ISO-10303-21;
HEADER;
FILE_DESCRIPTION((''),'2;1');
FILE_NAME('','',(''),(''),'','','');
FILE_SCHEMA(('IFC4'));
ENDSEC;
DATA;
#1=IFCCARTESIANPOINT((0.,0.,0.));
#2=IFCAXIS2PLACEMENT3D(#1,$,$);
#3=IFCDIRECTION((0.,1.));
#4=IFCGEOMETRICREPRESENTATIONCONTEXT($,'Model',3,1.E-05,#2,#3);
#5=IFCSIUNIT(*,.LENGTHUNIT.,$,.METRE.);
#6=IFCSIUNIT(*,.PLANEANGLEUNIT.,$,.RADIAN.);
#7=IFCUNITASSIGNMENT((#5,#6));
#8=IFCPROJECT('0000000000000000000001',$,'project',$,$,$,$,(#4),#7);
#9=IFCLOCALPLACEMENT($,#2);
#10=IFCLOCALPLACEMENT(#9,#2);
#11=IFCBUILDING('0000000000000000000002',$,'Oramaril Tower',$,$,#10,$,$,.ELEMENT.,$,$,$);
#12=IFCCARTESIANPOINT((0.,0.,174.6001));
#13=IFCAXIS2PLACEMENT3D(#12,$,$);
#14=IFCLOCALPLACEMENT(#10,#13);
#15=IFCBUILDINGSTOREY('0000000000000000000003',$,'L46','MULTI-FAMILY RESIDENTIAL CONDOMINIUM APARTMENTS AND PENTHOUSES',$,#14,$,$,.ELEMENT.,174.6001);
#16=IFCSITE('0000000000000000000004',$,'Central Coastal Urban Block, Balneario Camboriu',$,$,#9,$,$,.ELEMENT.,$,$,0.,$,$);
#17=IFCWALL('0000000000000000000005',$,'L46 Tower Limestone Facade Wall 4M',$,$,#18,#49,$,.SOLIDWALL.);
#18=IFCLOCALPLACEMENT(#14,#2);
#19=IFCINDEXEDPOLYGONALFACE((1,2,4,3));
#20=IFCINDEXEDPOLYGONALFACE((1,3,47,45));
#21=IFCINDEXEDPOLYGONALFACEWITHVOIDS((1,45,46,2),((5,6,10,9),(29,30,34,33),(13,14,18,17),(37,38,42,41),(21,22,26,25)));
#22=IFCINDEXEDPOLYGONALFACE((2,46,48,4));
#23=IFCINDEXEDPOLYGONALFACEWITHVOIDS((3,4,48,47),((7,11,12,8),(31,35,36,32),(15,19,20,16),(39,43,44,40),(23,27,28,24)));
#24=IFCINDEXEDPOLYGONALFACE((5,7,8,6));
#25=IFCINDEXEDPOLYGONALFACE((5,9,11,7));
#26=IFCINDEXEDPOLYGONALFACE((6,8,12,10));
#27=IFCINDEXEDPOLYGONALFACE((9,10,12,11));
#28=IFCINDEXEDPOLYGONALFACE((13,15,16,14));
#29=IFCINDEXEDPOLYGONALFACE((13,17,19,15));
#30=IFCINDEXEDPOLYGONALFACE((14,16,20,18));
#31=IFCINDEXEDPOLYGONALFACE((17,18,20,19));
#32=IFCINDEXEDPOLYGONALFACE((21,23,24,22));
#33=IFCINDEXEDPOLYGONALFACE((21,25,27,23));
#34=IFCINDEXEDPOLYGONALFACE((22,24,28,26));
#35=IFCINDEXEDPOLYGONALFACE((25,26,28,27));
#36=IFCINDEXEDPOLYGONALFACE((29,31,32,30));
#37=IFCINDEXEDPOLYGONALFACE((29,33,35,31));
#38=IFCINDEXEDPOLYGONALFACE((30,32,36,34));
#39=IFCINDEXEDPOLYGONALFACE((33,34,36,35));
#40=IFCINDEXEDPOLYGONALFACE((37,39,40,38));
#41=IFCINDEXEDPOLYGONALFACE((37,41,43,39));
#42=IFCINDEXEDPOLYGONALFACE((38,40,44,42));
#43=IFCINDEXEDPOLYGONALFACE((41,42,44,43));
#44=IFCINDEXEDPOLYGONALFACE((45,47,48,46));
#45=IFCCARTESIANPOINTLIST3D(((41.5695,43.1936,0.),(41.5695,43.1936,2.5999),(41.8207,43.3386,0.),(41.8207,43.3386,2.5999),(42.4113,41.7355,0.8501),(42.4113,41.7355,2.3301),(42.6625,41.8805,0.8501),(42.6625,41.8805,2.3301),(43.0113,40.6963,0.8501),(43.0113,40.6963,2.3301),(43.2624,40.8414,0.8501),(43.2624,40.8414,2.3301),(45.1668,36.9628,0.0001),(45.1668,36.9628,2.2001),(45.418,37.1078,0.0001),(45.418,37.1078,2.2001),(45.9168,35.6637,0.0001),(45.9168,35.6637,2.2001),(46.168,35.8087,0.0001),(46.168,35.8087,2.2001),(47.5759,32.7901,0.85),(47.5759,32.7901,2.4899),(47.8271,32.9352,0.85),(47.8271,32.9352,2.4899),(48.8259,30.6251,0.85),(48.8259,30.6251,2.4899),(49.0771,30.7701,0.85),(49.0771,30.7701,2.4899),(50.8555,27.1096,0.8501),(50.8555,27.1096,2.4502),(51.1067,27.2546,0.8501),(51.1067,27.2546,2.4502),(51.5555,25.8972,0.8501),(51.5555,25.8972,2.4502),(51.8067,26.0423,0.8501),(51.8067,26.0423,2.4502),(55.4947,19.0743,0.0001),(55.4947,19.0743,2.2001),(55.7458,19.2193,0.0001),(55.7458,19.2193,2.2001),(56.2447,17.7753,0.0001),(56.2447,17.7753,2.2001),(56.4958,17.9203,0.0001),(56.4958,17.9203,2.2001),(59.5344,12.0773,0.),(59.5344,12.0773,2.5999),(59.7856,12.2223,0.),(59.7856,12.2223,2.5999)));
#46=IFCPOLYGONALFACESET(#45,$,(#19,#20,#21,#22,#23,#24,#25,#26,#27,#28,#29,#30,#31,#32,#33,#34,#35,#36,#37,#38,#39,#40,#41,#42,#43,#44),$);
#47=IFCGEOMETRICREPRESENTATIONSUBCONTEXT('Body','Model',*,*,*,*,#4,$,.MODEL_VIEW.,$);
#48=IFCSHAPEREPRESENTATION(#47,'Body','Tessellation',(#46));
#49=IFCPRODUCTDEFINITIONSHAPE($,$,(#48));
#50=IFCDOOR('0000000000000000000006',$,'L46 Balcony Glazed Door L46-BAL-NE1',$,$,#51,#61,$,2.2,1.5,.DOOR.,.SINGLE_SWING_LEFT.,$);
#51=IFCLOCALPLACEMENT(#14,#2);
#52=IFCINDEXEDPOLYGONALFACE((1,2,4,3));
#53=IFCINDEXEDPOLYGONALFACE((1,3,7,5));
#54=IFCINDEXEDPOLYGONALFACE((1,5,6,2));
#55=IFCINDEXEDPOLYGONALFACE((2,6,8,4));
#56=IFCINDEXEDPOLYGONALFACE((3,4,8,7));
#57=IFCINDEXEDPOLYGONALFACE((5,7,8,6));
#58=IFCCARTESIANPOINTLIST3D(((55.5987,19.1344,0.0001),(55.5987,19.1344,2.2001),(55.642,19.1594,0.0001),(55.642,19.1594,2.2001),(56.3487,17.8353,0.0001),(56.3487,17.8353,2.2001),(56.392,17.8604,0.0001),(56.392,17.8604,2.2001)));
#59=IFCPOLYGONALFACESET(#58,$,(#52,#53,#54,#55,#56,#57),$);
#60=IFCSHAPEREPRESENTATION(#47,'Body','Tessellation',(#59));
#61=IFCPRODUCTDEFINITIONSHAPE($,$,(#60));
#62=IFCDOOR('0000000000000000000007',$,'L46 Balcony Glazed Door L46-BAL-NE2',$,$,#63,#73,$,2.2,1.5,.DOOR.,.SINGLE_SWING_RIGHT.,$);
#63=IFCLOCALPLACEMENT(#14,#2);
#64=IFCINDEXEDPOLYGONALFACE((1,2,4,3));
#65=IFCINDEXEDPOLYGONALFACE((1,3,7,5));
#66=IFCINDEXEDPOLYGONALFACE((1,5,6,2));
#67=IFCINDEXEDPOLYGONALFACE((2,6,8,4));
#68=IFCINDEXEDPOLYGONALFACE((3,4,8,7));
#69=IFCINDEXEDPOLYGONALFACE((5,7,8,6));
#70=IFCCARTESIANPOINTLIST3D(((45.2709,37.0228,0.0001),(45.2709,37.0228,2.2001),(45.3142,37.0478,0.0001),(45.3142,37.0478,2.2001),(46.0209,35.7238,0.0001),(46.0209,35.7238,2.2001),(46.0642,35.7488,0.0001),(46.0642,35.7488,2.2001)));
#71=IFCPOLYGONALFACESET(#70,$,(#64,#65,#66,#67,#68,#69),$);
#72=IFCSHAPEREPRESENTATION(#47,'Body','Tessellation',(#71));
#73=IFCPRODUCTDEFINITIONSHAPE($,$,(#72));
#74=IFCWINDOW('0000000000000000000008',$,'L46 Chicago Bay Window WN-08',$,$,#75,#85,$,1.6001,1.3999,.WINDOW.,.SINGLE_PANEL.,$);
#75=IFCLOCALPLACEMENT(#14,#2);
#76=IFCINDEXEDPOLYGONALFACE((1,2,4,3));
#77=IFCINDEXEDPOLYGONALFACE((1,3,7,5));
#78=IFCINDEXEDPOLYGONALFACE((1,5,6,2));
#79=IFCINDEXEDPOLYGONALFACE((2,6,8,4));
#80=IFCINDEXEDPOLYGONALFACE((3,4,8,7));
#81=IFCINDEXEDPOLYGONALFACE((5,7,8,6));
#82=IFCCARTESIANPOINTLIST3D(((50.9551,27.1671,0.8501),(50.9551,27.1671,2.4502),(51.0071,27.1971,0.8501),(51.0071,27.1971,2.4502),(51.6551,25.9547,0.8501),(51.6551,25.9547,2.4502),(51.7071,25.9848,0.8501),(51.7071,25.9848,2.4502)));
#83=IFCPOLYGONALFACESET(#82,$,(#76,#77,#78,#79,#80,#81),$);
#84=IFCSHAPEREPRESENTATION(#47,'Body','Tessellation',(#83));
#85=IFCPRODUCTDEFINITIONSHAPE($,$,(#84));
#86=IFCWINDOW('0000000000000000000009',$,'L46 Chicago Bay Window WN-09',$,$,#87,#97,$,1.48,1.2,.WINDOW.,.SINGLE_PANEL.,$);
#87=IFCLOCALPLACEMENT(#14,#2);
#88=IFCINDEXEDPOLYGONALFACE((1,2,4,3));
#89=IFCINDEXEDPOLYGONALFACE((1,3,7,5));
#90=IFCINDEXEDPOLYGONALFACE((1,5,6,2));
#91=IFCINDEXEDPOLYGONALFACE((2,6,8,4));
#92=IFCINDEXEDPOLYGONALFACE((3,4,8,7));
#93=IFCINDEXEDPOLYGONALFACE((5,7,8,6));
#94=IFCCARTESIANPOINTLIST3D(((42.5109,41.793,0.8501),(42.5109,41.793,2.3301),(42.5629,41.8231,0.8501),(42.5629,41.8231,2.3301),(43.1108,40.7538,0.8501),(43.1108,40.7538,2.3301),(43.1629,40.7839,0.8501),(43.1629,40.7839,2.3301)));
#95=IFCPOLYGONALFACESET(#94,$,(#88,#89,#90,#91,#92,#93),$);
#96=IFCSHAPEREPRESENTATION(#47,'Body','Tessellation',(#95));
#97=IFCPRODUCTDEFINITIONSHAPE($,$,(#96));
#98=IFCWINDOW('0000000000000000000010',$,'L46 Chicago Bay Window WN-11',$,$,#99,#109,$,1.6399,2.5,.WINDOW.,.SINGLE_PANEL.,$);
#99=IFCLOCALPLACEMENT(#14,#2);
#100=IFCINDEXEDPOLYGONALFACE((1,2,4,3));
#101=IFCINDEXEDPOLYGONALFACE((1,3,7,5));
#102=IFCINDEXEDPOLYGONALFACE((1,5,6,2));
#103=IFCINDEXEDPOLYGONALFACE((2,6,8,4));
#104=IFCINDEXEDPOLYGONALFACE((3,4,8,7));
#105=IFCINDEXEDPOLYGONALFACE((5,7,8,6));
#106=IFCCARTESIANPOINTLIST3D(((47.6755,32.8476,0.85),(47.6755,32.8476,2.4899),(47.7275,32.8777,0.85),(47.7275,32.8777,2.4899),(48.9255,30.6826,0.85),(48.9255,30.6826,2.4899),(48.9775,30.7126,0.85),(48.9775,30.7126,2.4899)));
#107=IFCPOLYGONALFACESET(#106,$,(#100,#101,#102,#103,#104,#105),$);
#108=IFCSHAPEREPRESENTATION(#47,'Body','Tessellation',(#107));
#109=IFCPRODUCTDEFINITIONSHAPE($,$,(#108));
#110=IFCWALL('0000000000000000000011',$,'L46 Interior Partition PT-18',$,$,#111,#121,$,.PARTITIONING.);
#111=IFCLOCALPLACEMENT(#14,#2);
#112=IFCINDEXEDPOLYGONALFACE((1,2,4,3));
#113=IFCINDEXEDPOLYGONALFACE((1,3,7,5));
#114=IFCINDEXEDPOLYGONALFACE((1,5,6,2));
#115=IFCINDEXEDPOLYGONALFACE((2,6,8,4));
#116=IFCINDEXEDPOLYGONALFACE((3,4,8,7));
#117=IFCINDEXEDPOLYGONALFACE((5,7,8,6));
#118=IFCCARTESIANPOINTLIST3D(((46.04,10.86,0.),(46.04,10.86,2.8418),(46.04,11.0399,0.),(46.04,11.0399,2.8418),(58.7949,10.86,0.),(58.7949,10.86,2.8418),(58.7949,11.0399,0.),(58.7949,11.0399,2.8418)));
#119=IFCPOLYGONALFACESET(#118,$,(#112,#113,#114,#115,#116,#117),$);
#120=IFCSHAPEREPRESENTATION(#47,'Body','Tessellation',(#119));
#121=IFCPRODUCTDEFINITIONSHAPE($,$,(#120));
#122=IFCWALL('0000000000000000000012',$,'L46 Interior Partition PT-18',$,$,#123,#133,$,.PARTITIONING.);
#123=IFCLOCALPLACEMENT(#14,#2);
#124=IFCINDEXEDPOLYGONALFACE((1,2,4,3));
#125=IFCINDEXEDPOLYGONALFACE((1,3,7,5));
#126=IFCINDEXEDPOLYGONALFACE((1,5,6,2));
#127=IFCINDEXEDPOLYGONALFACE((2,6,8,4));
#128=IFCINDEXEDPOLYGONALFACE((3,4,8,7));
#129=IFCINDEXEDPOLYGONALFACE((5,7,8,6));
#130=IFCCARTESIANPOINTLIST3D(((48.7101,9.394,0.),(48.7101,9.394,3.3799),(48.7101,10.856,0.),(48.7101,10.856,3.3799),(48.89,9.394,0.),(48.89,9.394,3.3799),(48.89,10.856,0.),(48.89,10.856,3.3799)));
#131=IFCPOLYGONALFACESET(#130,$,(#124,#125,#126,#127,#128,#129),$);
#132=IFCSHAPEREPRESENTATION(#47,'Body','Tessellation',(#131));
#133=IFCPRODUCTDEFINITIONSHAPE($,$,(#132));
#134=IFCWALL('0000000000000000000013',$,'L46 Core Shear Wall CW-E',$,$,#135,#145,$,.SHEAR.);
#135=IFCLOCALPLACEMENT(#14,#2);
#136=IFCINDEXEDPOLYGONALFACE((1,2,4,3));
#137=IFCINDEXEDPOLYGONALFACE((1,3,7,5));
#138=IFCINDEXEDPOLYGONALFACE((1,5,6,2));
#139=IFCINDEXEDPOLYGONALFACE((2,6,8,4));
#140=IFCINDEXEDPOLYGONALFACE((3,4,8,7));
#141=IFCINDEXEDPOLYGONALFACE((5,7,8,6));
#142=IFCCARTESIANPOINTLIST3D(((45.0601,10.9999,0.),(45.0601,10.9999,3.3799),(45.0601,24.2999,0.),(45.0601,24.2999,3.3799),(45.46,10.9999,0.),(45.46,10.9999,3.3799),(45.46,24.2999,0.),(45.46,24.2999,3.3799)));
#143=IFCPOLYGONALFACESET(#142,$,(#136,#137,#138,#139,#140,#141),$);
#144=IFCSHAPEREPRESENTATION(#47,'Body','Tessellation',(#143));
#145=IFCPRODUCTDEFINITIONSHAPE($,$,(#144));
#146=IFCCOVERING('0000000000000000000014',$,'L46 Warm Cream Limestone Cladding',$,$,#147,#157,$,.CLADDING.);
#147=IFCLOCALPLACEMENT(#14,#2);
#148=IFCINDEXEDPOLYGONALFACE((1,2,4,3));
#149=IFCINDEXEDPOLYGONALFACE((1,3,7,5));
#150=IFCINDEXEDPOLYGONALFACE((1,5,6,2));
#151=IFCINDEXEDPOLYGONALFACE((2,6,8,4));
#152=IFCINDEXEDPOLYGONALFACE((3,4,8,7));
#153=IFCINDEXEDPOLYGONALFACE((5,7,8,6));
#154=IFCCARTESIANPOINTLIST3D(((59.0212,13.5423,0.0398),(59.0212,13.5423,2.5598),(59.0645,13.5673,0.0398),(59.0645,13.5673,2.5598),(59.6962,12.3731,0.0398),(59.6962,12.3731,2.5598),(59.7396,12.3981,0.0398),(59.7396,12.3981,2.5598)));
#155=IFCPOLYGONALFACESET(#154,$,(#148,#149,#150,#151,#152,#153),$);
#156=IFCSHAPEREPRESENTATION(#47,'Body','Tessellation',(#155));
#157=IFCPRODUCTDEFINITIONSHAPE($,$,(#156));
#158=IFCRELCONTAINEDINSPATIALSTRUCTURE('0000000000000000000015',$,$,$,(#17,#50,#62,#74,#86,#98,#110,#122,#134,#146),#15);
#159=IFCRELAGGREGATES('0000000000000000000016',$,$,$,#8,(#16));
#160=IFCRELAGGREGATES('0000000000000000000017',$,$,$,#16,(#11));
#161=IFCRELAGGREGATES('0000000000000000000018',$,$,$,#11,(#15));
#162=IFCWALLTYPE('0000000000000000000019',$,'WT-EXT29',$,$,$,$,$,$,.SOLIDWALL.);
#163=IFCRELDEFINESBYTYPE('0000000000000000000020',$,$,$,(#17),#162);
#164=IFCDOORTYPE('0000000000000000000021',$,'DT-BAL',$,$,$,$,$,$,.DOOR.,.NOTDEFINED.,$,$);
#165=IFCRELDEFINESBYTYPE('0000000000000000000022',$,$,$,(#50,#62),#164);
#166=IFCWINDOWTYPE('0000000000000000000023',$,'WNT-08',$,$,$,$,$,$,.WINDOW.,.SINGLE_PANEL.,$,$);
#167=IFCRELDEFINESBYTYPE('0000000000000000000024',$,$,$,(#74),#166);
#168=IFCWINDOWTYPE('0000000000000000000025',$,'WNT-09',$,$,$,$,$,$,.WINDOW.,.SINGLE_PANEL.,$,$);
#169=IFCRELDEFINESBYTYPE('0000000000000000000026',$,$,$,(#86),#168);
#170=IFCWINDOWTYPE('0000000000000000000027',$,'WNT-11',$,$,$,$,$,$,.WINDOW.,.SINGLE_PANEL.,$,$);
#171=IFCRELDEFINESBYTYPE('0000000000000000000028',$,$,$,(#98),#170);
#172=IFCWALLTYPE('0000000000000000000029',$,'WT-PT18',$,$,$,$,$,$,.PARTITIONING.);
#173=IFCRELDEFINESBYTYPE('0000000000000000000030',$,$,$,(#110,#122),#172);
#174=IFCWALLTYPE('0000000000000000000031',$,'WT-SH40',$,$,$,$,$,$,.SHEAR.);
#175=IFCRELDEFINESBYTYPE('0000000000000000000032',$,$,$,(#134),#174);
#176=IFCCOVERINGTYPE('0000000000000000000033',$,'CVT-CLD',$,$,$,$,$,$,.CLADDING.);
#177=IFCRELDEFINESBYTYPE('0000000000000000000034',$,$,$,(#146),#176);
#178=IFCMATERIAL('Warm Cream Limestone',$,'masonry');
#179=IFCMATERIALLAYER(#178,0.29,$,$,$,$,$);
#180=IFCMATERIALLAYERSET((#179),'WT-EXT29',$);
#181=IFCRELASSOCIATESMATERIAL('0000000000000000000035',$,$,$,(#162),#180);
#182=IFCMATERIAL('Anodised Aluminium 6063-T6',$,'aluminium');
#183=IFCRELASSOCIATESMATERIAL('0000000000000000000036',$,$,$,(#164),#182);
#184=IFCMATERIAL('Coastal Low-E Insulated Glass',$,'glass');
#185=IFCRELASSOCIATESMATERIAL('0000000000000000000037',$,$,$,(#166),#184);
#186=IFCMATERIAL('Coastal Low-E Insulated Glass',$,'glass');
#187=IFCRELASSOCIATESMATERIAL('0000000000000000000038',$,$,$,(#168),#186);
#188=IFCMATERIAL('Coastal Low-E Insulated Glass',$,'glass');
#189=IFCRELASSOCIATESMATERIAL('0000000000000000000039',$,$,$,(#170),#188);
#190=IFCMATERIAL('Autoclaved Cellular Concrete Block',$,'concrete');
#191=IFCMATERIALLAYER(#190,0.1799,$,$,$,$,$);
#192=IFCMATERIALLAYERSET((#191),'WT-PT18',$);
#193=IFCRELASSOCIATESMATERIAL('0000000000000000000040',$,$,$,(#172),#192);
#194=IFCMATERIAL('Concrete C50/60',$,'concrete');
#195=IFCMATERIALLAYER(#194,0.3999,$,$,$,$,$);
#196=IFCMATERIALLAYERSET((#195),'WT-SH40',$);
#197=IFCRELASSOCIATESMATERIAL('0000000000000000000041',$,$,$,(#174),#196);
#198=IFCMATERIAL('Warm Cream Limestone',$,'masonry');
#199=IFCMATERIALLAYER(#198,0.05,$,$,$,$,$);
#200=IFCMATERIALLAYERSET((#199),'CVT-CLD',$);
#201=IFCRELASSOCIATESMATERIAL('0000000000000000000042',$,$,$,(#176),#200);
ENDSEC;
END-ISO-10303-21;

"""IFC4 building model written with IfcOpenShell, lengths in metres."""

from ifc_helpers import new_model, si_unit, direction, frame, frame_2d, origin, origin_2d, place, context, subcontext, project, spatial, rectangle, extrude, material, layer, layer_set, type_object, element, fill, save


model = new_model("IFC4")

# Units and contexts
model_context = context("Model", 3, precision=1e-05, world=origin(), true_north=direction((0.0, 1.0)))
body_context = subcontext(model_context, "Body", "Model", "MODEL_VIEW")
ifc_project = project(units=[si_unit("LENGTHUNIT", "METRE"), si_unit("PLANEANGLEUNIT", "RADIAN")], contexts=[model_context])

# Site, building, storey
site_placement = place(None, origin())
site = spatial("IfcSite", under=ifc_project, at=site_placement, Name="Central Coastal Urban Block, Balneario Camboriu", CompositionType="ELEMENT", RefElevation=0.0)
building_placement = place(site_placement, origin())
building = spatial("IfcBuilding", under=site, at=building_placement, Name="Oramaril Tower", CompositionType="ELEMENT")
storey_placement = place(building_placement, frame((0.0, 0.0, 174.6001)))
storey = spatial("IfcBuildingStorey", under=building, at=storey_placement, Name="L46", Description="MULTI-FAMILY RESIDENTIAL CONDOMINIUM APARTMENTS AND PENTHOUSES", CompositionType="ELEMENT", Elevation=174.6001)

# Wall, openings, doors, windows
ifc_material_1 = material(Name="Warm Cream Limestone", Category="masonry")
ifc_layer_1 = layer(ifc_material_1, 0.29)
ifc_layer_set_1 = layer_set([ifc_layer_1], Name="WT-EXT29")
wall_type_1 = type_object("IfcWallType", Name="WT-EXT29", PredefinedType="SOLIDWALL", material=ifc_layer_set_1)
wall_1_placement = place(storey_placement, frame((59.6599, 12.1499, 0.0), z_axis=(0.0, 0.0, 1.0), x_axis=(-0.499998, 0.866027, 0.0)))
wall_1 = element("IfcWall", 1, at=wall_1_placement, inside=storey, type_object=wall_type_1, Name="L46 Tower Limestone Facade Wall 4M", PredefinedType="SOLIDWALL", context=body_context, shape_type="SweptSolid", body=[
    extrude(rectangle(XDim=35.9299, YDim=0.29, at=frame_2d((17.9648, 0.0))), origin(), (0.0, 0.0, 1.0), 2.5999),
])
opening_1_placement = place(wall_1_placement, frame((6.5793, 0.0, 0.0)))
opening_1 = element("IfcOpeningElement", 2, at=opening_1_placement, cuts=wall_1, PredefinedType="OPENING", context=body_context, shape_type="SweptSolid", body=[
    extrude(rectangle(XDim=1.5, YDim=2.2, at=frame_2d((0.75, 1.1001))), frame((0.0, 0.145, 0.0), z_axis=(0.0, -1.0, 0.0), x_axis=(1.0, 0.0, 0.0)), (0.0, 0.0, 1.0), 0.29),
])
opening_2_placement = place(wall_1_placement, frame((27.2351, 0.0, 0.0)))
opening_2 = element("IfcOpeningElement", 3, at=opening_2_placement, cuts=wall_1, PredefinedType="OPENING", context=body_context, shape_type="SweptSolid", body=[
    extrude(rectangle(XDim=1.5, YDim=2.2, at=frame_2d((0.75, 1.1001))), frame((0.0, 0.145, 0.0), z_axis=(0.0, -1.0, 0.0), x_axis=(1.0, 0.0, 0.0)), (0.0, 0.0, 1.0), 0.29),
])
opening_3_placement = place(wall_1_placement, frame((33.0461, 0.0, 0.8501)))
opening_3 = element("IfcOpeningElement", 4, at=opening_3_placement, cuts=wall_1, PredefinedType="OPENING", context=body_context, shape_type="SweptSolid", body=[
    extrude(rectangle(XDim=1.2, YDim=1.48, at=frame_2d((0.6001, 0.74))), frame((0.0, 0.145, 0.0), z_axis=(0.0, -1.0, 0.0), x_axis=(1.0, 0.0, 0.0)), (0.0, 0.0, 1.0), 0.29),
])
opening_4_placement = place(wall_1_placement, frame((15.9578, 0.0, 0.8501)))
opening_4 = element("IfcOpeningElement", 5, at=opening_4_placement, cuts=wall_1, PredefinedType="OPENING", context=body_context, shape_type="SweptSolid", body=[
    extrude(rectangle(XDim=1.3999, YDim=1.6001, at=frame_2d((0.7, 0.8))), frame((0.0, 0.145, 0.0), z_axis=(0.0, -1.0, 0.0), x_axis=(1.0, 0.0, 0.0)), (0.0, 0.0, 1.0), 0.29),
])
opening_5_placement = place(wall_1_placement, frame((21.417, 0.0, 0.8501)))
opening_5 = element("IfcOpeningElement", 6, at=opening_5_placement, cuts=wall_1, PredefinedType="OPENING", context=body_context, shape_type="SweptSolid", body=[
    extrude(rectangle(XDim=2.5, YDim=1.6399, at=frame_2d((1.25, 0.8198))), frame((0.0, 0.145, 0.0), z_axis=(0.0, -1.0, 0.0), x_axis=(1.0, 0.0, 0.0)), (0.0, 0.0, 1.0), 0.29),
])
ifc_material_2 = material(Name="Anodised Aluminium 6063-T6", Category="aluminium")
door_type = type_object("IfcDoorType", Name="DT-BAL", OperationType="NOTDEFINED", PredefinedType="DOOR", material=ifc_material_2)
door_1_placement = place(opening_1_placement, origin())
door_1 = element("IfcDoor", 7, at=door_1_placement, inside=storey, type_object=door_type, Name="L46 Balcony Glazed Door L46-BAL-NE1", OperationType="SINGLE_SWING_LEFT", OverallHeight=2.2, OverallWidth=1.5, PredefinedType="DOOR", context=body_context, shape_type="SweptSolid", body=[
    extrude(rectangle(XDim=1.5, YDim=2.2, at=frame_2d((0.75, 1.1001))), frame((0.0, 0.0249, 0.0), z_axis=(0.0, -1.0, 0.0), x_axis=(1.0, 0.0, 0.0)), (0.0, 0.0, 1.0), 0.05),
])
fill(opening_1, door_1)
door_2_placement = place(opening_2_placement, origin())
door_2 = element("IfcDoor", 8, at=door_2_placement, inside=storey, type_object=door_type, Name="L46 Balcony Glazed Door L46-BAL-NE2", OperationType="SINGLE_SWING_RIGHT", OverallHeight=2.2, OverallWidth=1.5, PredefinedType="DOOR", context=body_context, shape_type="SweptSolid", body=[
    extrude(rectangle(XDim=1.5, YDim=2.2, at=frame_2d((0.75, 1.1001))), frame((0.0, 0.0249, 0.0), z_axis=(0.0, -1.0, 0.0), x_axis=(1.0, 0.0, 0.0)), (0.0, 0.0, 1.0), 0.05),
])
fill(opening_2, door_2)
ifc_material_3 = material(Name="Coastal Low-E Insulated Glass", Category="glass")
window_type_1 = type_object("IfcWindowType", Name="WNT-08", PartitioningType="SINGLE_PANEL", PredefinedType="WINDOW", material=ifc_material_3)
window_1_placement = place(opening_4_placement, origin())
window_1 = element("IfcWindow", 9, at=window_1_placement, inside=storey, type_object=window_type_1, Name="L46 Chicago Bay Window WN-08", OverallHeight=1.6001, OverallWidth=1.3999, PartitioningType="SINGLE_PANEL", PredefinedType="WINDOW", context=body_context, shape_type="SweptSolid", body=[
    extrude(rectangle(XDim=1.3999, YDim=1.6001, at=frame_2d((0.7, 0.8))), frame((0.0, 0.03, 0.0), z_axis=(0.0, -1.0, 0.0), x_axis=(1.0, 0.0, 0.0)), (0.0, 0.0, 1.0), 0.0601),
])
fill(opening_4, window_1)
ifc_material_4 = material(Name="Coastal Low-E Insulated Glass", Category="glass")
window_type_2 = type_object("IfcWindowType", Name="WNT-09", PartitioningType="SINGLE_PANEL", PredefinedType="WINDOW", material=ifc_material_4)
window_2_placement = place(opening_3_placement, origin())
window_2 = element("IfcWindow", 10, at=window_2_placement, inside=storey, type_object=window_type_2, Name="L46 Chicago Bay Window WN-09", OverallHeight=1.48, OverallWidth=1.2, PartitioningType="SINGLE_PANEL", PredefinedType="WINDOW", context=body_context, shape_type="SweptSolid", body=[
    extrude(rectangle(XDim=1.2, YDim=1.48, at=frame_2d((0.6001, 0.74))), frame((0.0, 0.03, 0.0), z_axis=(0.0, -1.0, 0.0), x_axis=(1.0, 0.0, 0.0)), (0.0, 0.0, 1.0), 0.0601),
])
fill(opening_3, window_2)
ifc_material_5 = material(Name="Coastal Low-E Insulated Glass", Category="glass")
window_type_3 = type_object("IfcWindowType", Name="WNT-11", PartitioningType="SINGLE_PANEL", PredefinedType="WINDOW", material=ifc_material_5)
window_3_placement = place(opening_5_placement, origin())
window_3 = element("IfcWindow", 11, at=window_3_placement, inside=storey, type_object=window_type_3, Name="L46 Chicago Bay Window WN-11", OverallHeight=1.6399, OverallWidth=2.5, PartitioningType="SINGLE_PANEL", PredefinedType="WINDOW", context=body_context, shape_type="SweptSolid", body=[
    extrude(rectangle(XDim=2.5, YDim=1.6399, at=frame_2d((1.25, 0.8198))), frame((0.0, 0.03, 0.0), z_axis=(0.0, -1.0, 0.0), x_axis=(1.0, 0.0, 0.0)), (0.0, 0.0, 1.0), 0.0601),
])
fill(opening_5, window_3)

# Walls
ifc_material_6 = material(Name="Autoclaved Cellular Concrete Block", Category="concrete")
ifc_layer_2 = layer(ifc_material_6, 0.1799)
ifc_layer_set_2 = layer_set([ifc_layer_2], Name="WT-PT18")
wall_type_2 = type_object("IfcWallType", Name="WT-PT18", PredefinedType="PARTITIONING", material=ifc_layer_set_2)
wall_2_placement = place(storey_placement, frame((46.04, 10.95, 0.0), z_axis=(0.0, 0.0, 1.0), x_axis=(1.0, 0.0, 0.0)))
element("IfcWall", 12, at=wall_2_placement, inside=storey, type_object=wall_type_2, Name="L46 Interior Partition PT-18", PredefinedType="PARTITIONING", context=body_context, shape_type="SweptSolid", body=[
    extrude(rectangle(XDim=12.7549, YDim=0.1799, at=frame_2d((6.3774, 0.0))), origin(), (0.0, 0.0, 1.0), 2.8418),
])
wall_3_placement = place(storey_placement, frame((48.8, 9.394, 0.0), z_axis=(0.0, 0.0, 1.0), x_axis=(0.0, 1.0, 0.0)))
element("IfcWall", 13, at=wall_3_placement, inside=storey, type_object=wall_type_2, Name="L46 Interior Partition PT-18", PredefinedType="PARTITIONING", context=body_context, shape_type="SweptSolid", body=[
    extrude(rectangle(XDim=1.4619, YDim=0.1799, at=frame_2d((0.731, 0.0))), origin(), (0.0, 0.0, 1.0), 3.3799),
])
ifc_material_7 = material(Name="Concrete C50/60", Category="concrete")
ifc_layer_3 = layer(ifc_material_7, 0.3999)
ifc_layer_set_3 = layer_set([ifc_layer_3], Name="WT-SH40")
wall_type_3 = type_object("IfcWallType", Name="WT-SH40", PredefinedType="SHEAR", material=ifc_layer_set_3)
wall_4_placement = place(storey_placement, frame((45.26, 11.0, 0.0), z_axis=(0.0, 0.0, 1.0), x_axis=(0.0, 1.0, 0.0)))
element("IfcWall", 14, at=wall_4_placement, inside=storey, type_object=wall_type_3, Name="L46 Core Shear Wall CW-E", PredefinedType="SHEAR", context=body_context, shape_type="SweptSolid", body=[
    extrude(rectangle(XDim=13.3, YDim=0.3999, at=frame_2d((6.6499, 0.0))), origin(), (0.0, 0.0, 1.0), 3.3799),
])

# Covering
ifc_material_8 = material(Name="Warm Cream Limestone", Category="masonry")
ifc_layer_4 = layer(ifc_material_8, 0.05)
ifc_layer_set_4 = layer_set([ifc_layer_4], Name="CVT-CLD")
covering_type = type_object("IfcCoveringType", Name="CVT-CLD", PredefinedType="CLADDING", material=ifc_layer_set_4)
covering_placement = place(storey_placement, frame((59.3804, 12.9702, 0.0398), z_axis=(0.0, 0.0, 1.0), x_axis=(-0.5, 0.866025, 0.0)))
element("IfcCovering", 15, at=covering_placement, inside=storey, type_object=covering_type, Name="L46 Warm Cream Limestone Cladding", PredefinedType="CLADDING", context=body_context, shape_type="SweptSolid", body=[
    extrude(rectangle(XDim=1.3501, YDim=0.05, at=origin_2d()), origin(), (0.0, 0.0, 1.0), 2.52),
])

save(model, "model.ifc")
